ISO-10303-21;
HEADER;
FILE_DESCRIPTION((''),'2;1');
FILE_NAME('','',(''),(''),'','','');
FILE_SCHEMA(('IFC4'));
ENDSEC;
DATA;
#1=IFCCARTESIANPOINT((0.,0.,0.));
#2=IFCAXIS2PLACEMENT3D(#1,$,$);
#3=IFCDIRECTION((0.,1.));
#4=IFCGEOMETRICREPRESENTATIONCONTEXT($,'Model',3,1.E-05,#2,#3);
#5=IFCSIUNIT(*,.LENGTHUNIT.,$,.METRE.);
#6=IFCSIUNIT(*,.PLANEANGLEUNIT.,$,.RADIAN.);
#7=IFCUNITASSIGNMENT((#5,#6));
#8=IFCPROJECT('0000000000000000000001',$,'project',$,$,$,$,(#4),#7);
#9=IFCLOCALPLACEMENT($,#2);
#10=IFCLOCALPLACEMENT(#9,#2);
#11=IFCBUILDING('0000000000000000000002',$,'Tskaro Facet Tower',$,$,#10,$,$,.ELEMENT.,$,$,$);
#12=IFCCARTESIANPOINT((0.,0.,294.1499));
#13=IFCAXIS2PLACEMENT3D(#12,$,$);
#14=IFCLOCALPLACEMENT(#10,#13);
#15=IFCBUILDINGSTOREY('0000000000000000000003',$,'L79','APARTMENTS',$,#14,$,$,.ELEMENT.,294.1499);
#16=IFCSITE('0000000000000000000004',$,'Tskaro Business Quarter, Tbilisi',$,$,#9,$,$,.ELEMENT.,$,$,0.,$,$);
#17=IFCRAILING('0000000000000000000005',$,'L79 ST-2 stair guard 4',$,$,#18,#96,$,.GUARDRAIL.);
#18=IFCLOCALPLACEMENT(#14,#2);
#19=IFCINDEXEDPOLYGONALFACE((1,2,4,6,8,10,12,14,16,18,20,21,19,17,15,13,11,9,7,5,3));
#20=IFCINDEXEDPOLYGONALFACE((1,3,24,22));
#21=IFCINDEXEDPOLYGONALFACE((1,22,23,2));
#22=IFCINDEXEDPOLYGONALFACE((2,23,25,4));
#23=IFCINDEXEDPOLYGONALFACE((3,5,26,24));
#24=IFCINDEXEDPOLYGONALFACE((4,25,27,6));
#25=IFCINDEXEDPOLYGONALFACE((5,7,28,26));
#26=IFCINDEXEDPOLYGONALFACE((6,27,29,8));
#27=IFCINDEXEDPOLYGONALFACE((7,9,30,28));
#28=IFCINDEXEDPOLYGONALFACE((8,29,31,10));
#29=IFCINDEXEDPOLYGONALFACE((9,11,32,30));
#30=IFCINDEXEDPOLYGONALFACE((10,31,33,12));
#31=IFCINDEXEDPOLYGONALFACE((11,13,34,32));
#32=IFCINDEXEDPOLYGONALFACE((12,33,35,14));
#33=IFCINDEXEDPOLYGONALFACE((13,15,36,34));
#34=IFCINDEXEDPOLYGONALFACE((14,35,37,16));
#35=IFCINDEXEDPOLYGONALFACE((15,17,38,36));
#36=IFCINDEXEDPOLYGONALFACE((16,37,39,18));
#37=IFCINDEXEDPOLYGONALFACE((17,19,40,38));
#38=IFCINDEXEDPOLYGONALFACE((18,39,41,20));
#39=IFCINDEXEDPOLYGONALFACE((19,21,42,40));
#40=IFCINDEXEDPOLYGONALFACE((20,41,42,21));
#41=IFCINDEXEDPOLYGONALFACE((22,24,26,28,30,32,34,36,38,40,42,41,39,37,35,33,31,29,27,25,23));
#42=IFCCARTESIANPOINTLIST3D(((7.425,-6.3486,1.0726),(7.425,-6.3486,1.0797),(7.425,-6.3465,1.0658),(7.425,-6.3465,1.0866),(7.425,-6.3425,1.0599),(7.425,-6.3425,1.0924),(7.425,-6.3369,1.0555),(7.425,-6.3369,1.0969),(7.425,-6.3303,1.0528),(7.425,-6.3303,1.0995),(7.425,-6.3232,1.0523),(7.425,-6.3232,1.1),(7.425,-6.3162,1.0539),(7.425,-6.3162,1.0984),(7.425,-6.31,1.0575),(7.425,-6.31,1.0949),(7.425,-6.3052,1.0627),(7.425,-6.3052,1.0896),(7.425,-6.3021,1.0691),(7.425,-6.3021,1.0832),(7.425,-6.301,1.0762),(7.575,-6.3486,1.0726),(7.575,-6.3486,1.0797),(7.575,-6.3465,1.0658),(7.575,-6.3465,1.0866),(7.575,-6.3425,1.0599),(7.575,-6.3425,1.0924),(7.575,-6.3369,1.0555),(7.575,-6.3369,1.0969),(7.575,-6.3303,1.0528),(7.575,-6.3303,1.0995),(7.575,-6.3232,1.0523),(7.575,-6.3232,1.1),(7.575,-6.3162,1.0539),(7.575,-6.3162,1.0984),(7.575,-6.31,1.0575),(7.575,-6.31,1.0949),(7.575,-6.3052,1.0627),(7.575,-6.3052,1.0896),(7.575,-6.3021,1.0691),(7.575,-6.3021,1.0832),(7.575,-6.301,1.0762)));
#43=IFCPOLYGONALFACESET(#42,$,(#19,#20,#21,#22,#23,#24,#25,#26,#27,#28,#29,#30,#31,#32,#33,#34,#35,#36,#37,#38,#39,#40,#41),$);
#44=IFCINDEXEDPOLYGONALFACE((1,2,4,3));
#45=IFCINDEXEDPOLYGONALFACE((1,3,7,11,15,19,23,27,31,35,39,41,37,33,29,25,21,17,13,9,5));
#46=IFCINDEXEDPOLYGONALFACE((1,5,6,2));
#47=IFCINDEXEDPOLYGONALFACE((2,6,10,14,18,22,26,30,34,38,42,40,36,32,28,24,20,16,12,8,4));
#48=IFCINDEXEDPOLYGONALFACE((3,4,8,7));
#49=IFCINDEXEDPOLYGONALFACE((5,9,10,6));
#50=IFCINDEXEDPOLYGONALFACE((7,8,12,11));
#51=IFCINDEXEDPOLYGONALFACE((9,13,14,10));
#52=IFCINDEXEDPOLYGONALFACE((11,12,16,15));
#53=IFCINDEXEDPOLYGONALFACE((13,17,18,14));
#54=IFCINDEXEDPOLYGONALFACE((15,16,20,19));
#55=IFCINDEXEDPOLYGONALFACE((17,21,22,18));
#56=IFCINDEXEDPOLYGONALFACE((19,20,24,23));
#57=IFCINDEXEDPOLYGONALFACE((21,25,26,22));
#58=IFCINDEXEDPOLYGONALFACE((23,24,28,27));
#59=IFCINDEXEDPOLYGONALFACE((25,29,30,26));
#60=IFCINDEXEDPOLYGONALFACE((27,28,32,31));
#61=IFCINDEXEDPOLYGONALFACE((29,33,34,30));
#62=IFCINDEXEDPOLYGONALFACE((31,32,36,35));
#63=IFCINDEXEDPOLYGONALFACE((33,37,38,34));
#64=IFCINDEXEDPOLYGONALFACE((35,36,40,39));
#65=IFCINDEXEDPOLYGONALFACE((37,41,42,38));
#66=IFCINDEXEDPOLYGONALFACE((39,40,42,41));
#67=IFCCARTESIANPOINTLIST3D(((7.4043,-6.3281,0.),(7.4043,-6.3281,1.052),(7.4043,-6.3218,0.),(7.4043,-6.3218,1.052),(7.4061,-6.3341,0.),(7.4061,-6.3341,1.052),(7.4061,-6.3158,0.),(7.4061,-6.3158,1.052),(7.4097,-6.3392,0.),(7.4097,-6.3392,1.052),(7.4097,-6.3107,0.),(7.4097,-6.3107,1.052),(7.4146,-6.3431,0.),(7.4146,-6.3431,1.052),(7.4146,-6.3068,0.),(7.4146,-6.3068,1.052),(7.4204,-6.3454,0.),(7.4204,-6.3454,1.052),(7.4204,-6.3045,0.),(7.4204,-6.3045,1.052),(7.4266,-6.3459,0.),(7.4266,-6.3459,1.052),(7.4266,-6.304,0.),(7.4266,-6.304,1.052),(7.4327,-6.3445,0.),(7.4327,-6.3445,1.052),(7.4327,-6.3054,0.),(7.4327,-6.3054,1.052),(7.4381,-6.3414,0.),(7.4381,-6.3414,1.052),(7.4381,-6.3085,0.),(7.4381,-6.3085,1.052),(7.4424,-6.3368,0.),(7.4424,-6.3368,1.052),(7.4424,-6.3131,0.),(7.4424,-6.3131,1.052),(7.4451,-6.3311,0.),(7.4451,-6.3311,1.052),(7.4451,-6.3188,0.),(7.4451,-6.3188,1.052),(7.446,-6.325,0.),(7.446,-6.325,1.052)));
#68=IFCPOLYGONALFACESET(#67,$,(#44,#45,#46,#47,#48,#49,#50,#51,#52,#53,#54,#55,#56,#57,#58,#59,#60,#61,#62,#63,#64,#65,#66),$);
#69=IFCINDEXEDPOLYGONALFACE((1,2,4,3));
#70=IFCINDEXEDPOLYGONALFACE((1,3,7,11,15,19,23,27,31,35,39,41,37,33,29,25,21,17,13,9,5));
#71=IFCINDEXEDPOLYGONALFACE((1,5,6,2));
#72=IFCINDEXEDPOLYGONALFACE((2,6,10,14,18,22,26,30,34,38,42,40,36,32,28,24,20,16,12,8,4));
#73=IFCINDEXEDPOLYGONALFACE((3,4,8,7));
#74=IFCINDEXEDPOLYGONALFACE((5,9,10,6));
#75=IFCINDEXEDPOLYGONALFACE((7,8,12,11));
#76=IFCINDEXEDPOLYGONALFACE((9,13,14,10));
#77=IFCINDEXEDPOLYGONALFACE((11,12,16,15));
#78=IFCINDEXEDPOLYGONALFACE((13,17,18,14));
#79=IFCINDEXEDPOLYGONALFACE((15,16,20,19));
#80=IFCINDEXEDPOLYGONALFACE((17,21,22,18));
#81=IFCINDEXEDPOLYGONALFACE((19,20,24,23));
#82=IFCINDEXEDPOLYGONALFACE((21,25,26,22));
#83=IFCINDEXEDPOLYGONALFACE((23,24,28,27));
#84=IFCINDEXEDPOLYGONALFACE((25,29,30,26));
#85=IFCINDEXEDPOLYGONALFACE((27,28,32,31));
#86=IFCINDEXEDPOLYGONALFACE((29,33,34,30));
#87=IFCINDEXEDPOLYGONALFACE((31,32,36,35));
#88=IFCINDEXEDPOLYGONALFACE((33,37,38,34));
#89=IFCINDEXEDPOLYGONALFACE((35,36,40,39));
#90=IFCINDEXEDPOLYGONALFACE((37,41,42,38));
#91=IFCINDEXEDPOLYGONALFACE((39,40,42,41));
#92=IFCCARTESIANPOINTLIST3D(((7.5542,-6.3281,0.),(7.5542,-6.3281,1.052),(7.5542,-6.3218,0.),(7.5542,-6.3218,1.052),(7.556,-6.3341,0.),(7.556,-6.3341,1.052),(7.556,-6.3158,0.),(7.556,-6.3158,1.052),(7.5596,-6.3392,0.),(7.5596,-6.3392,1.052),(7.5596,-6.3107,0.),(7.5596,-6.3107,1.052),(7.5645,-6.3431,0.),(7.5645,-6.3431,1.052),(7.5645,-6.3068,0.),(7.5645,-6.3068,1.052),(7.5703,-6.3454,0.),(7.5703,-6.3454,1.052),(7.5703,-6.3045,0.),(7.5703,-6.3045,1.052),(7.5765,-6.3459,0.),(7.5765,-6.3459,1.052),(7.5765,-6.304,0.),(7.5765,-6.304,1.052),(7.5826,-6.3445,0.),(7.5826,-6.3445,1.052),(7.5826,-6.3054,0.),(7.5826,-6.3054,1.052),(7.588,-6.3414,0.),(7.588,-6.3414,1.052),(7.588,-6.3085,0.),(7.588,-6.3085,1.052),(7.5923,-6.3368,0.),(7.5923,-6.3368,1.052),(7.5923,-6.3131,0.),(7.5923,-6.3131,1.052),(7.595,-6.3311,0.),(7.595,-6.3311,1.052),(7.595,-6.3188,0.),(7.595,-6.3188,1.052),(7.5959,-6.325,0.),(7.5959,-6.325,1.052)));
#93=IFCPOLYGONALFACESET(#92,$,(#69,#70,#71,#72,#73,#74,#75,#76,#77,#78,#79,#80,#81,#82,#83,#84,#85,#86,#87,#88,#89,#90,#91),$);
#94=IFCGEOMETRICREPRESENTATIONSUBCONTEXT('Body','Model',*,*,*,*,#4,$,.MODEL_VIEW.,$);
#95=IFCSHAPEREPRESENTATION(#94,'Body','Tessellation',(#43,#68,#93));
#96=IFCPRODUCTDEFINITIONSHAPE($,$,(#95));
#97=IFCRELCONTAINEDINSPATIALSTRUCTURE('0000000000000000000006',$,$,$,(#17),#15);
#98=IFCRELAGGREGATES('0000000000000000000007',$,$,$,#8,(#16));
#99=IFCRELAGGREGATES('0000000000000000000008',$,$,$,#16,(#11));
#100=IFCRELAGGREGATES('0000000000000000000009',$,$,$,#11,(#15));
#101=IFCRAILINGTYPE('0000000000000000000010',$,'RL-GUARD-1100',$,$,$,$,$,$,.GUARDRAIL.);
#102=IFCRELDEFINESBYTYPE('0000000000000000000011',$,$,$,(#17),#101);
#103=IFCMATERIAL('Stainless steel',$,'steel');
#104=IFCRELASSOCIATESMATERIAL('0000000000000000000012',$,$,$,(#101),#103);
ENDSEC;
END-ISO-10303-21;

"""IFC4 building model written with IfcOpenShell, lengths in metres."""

from ifc_helpers import new_model, si_unit, direction, frame, origin, origin_2d, place, context, subcontext, project, spatial, circle, extrude, material, type_object, element, save


model = new_model("IFC4")

# Units and contexts
model_context = context("Model", 3, precision=1e-05, world=origin(), true_north=direction((0.0, 1.0)))
body_context = subcontext(model_context, "Body", "Model", "MODEL_VIEW")
ifc_project = project(units=[si_unit("LENGTHUNIT", "METRE"), si_unit("PLANEANGLEUNIT", "RADIAN")], contexts=[model_context])

# Site, building, storey
site_placement = place(None, origin())
site = spatial("IfcSite", under=ifc_project, at=site_placement, Name="Tskaro Business Quarter, Tbilisi", CompositionType="ELEMENT", RefElevation=0.0)
building_placement = place(site_placement, origin())
building = spatial("IfcBuilding", under=site, at=building_placement, Name="Tskaro Facet Tower", CompositionType="ELEMENT")
storey_placement = place(building_placement, frame((0.0, 0.0, 294.1499)))
storey = spatial("IfcBuildingStorey", under=building, at=storey_placement, Name="L79", Description="APARTMENTS", CompositionType="ELEMENT", Elevation=294.1499)

# Railing
ifc_material_1 = material(Name="Stainless steel", Category="steel")
railing_type_1 = type_object("IfcRailingType", Name="RL-GUARD-1100", PredefinedType="GUARDRAIL", material=ifc_material_1)
railing_1_placement = place(storey_placement, frame((7.425, -6.325, 0.0)))
element("IfcRailing", 1, at=railing_1_placement, inside=storey, type_object=railing_type_1, Name="L79 ST-2 stair guard 4", PredefinedType="GUARDRAIL", context=body_context, shape_type="SweptSolid", body=[
    extrude(circle(Radius=0.0239, at=origin_2d()), frame((0.0, 0.0, 1.0762), z_axis=(1.0, 0.0, 0.0), x_axis=(0.0, 1.0, 0.0)), (0.0, 0.0, 1.0), 0.1499),
    extrude(circle(Radius=0.021, at=origin_2d()), origin(), (0.0, 0.0, 1.0), 1.052),
    extrude(circle(Radius=0.021, at=origin_2d()), frame((0.1499, 0.0, 0.0)), (0.0, 0.0, 1.0), 1.052),
])

save(model, "model.ifc")
